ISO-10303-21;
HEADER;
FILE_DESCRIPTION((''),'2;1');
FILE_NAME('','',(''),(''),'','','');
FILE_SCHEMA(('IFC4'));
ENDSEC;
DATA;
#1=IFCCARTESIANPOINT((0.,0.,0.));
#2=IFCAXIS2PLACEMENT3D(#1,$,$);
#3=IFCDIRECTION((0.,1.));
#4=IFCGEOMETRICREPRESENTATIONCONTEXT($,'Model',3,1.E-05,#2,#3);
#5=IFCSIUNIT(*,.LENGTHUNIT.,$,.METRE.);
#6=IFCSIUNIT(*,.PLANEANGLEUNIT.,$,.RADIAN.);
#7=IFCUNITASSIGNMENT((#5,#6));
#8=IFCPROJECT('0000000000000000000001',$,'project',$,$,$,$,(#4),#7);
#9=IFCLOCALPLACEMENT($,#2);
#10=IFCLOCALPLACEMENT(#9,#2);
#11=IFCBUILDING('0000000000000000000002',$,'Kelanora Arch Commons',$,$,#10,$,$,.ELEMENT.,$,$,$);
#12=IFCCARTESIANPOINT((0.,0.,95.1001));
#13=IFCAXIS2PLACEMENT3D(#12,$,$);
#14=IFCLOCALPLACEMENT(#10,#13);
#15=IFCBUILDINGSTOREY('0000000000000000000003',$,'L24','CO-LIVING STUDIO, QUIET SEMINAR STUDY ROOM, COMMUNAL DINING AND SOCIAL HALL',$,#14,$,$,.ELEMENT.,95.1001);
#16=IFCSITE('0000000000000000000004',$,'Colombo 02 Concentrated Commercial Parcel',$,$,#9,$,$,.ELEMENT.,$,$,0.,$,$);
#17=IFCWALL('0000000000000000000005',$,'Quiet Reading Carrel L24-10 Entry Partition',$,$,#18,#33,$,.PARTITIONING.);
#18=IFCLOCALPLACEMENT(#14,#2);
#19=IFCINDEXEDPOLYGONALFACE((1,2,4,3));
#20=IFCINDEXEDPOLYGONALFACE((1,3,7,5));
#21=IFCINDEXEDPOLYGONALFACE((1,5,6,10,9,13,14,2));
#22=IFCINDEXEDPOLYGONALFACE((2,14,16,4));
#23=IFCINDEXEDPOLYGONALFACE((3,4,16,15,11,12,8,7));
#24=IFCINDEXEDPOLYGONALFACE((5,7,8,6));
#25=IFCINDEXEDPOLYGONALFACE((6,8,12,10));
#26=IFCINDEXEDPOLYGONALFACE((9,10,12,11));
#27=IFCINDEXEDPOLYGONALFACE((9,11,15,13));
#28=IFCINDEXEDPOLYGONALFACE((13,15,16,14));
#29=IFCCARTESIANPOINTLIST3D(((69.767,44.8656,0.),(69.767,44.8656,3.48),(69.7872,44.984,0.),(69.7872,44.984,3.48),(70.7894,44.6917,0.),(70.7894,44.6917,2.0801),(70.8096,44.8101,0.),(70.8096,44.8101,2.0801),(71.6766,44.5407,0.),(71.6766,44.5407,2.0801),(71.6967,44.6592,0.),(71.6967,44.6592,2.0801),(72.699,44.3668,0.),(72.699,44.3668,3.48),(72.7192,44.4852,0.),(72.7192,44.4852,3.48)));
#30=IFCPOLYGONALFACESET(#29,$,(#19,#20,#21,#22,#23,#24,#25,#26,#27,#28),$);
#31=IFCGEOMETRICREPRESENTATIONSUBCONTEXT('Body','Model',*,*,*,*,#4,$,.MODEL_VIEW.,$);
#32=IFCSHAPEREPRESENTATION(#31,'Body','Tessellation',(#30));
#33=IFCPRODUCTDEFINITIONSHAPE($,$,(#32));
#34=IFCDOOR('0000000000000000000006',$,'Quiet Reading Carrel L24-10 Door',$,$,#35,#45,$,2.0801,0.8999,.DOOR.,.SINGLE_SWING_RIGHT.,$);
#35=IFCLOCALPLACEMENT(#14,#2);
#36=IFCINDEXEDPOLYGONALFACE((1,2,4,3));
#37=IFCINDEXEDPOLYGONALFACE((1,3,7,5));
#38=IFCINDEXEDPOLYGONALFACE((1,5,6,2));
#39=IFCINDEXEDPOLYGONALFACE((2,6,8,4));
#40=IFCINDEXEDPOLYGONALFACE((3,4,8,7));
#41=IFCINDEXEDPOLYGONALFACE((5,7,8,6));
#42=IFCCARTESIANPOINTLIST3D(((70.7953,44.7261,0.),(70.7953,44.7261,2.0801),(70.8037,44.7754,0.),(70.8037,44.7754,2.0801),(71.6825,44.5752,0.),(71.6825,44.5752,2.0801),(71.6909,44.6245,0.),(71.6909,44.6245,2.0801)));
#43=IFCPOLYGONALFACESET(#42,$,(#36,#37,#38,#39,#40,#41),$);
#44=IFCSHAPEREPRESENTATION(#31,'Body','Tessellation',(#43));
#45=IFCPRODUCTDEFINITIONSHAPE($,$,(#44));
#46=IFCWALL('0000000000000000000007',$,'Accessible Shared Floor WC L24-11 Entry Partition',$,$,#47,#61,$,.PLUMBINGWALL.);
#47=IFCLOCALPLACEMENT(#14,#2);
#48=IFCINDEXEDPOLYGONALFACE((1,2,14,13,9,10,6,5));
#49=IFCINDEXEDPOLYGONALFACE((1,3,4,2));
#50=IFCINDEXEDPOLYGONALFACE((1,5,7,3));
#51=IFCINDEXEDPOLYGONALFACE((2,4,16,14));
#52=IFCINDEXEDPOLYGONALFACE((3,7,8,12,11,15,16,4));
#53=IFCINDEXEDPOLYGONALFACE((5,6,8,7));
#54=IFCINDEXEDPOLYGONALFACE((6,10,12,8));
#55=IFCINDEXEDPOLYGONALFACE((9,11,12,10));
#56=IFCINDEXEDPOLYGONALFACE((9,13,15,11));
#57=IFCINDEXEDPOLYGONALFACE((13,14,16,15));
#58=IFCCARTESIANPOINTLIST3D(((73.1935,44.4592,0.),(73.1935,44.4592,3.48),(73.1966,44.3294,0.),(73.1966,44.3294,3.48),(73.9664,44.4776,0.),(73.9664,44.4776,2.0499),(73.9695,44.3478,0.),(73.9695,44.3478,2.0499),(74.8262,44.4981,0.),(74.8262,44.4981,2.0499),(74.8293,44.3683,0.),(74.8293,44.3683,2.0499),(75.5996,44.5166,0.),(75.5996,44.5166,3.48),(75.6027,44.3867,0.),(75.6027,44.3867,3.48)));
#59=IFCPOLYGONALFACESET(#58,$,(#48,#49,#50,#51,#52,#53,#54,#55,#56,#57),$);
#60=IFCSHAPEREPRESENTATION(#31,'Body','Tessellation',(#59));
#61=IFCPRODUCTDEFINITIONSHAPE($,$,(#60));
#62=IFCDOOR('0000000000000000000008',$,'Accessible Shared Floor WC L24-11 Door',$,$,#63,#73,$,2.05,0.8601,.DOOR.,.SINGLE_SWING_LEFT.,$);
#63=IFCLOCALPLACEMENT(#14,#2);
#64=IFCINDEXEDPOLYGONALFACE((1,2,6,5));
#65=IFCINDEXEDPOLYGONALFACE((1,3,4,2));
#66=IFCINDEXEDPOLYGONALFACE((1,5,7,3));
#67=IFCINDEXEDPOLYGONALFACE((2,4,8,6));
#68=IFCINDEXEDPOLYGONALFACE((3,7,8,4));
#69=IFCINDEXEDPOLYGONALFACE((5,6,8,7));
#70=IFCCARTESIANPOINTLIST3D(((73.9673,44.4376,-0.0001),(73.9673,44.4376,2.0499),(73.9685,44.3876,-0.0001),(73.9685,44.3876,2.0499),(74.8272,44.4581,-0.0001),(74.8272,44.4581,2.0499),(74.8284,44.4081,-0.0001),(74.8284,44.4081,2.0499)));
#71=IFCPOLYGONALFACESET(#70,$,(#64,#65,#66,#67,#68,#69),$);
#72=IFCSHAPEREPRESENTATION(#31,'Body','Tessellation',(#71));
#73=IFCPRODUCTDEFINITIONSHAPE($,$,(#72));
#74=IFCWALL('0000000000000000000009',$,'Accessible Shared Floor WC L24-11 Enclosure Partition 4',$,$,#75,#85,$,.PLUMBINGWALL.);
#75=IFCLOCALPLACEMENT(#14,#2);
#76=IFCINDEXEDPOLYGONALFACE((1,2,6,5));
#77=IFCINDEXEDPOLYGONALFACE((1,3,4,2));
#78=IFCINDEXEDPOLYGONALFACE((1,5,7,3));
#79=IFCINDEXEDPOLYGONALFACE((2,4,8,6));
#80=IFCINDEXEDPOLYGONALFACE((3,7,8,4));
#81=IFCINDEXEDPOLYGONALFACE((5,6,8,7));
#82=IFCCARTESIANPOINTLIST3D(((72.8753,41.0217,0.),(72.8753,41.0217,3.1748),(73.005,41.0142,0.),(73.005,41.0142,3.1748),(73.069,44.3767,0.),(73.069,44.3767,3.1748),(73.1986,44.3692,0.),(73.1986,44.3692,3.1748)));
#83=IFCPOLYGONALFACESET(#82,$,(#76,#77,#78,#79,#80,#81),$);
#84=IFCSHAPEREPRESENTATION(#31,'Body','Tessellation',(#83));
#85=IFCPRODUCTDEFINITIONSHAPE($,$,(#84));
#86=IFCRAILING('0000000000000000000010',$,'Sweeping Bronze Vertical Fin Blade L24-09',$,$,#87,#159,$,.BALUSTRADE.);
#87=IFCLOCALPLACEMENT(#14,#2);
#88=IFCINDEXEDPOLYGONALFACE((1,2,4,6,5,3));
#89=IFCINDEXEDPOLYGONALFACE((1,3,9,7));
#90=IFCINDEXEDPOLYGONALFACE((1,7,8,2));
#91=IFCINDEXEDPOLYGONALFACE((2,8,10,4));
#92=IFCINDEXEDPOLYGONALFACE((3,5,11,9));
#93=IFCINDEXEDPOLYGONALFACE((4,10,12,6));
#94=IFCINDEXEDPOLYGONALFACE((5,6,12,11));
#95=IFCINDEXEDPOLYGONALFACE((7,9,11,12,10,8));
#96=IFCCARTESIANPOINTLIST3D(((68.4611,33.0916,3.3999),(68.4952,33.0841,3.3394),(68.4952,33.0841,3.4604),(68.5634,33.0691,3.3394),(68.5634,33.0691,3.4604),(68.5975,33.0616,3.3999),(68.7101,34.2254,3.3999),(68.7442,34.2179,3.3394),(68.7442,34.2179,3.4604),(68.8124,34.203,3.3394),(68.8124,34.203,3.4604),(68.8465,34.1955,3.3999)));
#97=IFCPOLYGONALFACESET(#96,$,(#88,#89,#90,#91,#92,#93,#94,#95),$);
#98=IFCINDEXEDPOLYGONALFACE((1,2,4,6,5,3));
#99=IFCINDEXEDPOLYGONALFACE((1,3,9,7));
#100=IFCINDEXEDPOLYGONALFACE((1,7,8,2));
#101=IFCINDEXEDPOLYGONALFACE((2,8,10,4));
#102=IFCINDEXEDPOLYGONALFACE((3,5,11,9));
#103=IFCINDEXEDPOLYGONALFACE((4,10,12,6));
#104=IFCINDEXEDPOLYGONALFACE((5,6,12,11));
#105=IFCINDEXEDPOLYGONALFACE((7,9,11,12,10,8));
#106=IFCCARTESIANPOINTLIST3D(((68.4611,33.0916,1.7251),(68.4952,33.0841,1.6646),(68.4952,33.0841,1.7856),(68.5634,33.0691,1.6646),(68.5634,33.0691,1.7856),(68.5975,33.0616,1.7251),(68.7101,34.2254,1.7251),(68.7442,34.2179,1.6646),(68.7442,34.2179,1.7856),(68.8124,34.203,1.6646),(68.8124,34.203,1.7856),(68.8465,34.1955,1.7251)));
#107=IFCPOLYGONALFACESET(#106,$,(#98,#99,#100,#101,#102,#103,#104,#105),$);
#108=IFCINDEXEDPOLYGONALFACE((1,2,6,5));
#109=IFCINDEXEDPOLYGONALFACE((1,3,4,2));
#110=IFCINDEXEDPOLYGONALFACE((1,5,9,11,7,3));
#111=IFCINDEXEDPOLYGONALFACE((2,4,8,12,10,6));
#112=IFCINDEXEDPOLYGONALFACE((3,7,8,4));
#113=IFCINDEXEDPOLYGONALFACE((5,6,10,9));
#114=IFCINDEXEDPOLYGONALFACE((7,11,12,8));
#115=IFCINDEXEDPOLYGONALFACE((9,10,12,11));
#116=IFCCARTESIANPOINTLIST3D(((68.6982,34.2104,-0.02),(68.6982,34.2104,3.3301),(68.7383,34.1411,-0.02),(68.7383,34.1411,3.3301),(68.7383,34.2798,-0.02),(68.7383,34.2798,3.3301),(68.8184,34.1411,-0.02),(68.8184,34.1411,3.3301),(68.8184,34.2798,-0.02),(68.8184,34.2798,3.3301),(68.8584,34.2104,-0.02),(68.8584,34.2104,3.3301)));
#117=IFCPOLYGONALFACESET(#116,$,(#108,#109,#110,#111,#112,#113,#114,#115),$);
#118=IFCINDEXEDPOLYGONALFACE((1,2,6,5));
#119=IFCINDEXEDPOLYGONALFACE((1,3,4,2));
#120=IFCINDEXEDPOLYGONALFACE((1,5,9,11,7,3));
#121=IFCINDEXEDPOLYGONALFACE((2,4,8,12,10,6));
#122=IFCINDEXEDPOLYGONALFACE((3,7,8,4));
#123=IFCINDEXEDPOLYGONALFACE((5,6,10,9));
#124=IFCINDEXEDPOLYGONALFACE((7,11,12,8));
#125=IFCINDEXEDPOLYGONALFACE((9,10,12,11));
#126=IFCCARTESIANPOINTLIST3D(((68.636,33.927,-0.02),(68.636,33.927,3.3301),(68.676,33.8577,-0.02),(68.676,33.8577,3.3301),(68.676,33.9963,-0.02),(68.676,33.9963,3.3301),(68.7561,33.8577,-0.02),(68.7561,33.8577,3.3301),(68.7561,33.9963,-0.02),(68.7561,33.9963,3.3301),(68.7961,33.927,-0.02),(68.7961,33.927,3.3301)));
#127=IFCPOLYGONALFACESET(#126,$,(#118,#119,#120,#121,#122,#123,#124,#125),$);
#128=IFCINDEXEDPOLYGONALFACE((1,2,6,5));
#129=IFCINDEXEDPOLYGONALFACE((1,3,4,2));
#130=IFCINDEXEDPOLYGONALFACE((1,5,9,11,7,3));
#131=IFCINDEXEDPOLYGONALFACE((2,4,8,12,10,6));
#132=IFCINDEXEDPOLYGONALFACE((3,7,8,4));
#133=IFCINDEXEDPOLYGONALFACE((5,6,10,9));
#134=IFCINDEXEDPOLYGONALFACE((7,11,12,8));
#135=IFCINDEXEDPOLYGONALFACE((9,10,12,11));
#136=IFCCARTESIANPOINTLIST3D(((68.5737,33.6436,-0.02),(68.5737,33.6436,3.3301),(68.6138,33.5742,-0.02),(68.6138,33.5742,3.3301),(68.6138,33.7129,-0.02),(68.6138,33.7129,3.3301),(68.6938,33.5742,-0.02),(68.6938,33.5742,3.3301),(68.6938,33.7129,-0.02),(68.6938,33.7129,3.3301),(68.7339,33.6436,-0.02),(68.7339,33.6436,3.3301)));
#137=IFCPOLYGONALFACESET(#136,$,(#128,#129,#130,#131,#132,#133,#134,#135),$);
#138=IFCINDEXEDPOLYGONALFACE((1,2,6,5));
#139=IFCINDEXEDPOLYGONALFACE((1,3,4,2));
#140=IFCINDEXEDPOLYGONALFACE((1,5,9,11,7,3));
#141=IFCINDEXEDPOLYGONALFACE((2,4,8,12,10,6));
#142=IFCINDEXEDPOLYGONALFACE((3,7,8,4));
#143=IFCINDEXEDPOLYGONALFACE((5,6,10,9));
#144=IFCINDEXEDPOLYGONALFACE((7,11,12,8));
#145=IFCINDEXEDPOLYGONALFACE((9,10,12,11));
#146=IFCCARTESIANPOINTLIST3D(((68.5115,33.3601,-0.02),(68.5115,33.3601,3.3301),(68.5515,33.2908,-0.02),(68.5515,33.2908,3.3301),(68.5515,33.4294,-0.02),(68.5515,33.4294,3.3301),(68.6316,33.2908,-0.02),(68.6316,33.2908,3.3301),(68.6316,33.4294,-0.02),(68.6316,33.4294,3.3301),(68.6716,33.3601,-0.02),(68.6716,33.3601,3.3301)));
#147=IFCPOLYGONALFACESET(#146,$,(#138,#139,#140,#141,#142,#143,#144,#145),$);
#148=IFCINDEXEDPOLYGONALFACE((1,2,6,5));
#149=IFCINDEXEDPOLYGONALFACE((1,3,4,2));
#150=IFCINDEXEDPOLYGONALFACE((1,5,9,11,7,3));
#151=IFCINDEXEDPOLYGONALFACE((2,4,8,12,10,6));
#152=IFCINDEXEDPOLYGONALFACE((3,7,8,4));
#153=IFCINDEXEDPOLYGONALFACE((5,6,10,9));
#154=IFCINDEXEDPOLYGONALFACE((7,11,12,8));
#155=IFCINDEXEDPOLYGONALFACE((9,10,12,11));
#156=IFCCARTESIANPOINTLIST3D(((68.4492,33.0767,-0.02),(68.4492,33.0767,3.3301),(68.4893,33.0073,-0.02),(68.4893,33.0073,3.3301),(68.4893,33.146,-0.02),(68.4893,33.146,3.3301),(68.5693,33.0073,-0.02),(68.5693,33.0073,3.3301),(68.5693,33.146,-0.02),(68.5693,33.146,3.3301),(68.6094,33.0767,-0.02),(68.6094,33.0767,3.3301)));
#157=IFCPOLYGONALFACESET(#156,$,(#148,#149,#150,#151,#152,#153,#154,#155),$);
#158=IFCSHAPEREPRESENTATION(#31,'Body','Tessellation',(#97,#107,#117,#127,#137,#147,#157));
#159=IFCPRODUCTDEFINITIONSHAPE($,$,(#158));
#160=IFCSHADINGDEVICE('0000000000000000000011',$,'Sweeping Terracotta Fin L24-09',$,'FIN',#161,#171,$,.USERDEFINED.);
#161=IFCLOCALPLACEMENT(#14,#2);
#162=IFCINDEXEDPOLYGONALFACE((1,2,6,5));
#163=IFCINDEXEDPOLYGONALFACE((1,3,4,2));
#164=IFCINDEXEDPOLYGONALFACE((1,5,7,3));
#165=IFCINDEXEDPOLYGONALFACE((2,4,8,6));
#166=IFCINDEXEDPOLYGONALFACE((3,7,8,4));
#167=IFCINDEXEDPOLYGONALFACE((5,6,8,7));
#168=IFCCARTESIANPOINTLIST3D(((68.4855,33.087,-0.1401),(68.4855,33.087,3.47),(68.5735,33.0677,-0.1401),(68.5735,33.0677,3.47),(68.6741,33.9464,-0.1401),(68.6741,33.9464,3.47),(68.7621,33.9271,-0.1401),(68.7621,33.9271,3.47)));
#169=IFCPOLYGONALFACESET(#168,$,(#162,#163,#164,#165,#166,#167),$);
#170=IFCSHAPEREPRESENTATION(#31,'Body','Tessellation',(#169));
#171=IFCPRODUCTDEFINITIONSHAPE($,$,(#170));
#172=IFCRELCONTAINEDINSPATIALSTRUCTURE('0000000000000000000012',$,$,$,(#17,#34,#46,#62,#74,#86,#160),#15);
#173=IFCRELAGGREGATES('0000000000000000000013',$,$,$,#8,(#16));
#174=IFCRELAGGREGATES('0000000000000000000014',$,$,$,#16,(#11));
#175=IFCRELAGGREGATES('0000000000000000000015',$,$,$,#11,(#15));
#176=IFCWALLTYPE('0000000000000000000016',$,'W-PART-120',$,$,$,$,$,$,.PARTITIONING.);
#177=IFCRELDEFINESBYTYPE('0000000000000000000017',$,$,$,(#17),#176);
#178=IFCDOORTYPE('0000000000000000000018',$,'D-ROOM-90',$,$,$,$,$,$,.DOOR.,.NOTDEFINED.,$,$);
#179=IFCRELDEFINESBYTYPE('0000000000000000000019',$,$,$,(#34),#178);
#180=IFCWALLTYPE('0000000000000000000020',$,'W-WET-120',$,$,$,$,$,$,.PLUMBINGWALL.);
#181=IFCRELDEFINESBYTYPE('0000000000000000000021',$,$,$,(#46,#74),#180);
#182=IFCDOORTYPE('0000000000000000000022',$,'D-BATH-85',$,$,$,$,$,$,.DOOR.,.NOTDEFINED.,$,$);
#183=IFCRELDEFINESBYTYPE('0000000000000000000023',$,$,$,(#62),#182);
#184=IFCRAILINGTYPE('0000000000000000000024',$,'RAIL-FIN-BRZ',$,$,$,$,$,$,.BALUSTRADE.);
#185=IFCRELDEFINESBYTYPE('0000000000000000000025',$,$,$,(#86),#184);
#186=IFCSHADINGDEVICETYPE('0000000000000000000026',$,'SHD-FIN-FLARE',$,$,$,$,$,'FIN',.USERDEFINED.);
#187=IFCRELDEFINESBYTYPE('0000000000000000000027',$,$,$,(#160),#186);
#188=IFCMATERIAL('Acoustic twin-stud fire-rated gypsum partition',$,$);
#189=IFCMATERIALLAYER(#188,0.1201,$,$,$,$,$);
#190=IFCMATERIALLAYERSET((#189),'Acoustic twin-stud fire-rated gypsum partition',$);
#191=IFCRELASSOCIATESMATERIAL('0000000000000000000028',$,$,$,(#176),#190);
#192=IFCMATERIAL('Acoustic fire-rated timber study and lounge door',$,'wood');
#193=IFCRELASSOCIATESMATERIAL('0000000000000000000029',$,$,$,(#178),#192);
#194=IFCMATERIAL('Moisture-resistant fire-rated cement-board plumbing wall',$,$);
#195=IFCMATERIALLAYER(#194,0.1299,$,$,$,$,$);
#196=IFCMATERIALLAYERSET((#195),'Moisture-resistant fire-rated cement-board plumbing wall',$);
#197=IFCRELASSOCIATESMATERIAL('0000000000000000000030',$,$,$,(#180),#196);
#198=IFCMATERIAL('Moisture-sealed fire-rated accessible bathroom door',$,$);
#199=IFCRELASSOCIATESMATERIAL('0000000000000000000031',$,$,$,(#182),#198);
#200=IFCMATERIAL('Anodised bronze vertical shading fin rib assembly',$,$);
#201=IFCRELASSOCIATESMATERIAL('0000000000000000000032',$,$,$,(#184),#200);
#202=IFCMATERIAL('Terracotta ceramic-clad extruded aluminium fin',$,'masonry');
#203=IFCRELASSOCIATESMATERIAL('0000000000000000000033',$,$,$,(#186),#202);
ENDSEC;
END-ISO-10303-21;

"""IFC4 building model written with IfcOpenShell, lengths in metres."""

from ifc_helpers import new_model, si_unit, direction, frame, frame_2d, origin, origin_2d, place, context, subcontext, project, spatial, polyline, rectangle, outline, extrude, source, transform, mapped, material, layer, layer_set, type_object, element, fill, save


model = new_model("IFC4")

# Units and contexts
model_context = context("Model", 3, precision=1e-05, world=origin(), true_north=direction((0.0, 1.0)))
body_context = subcontext(model_context, "Body", "Model", "MODEL_VIEW")
ifc_project = project(units=[si_unit("LENGTHUNIT", "METRE"), si_unit("PLANEANGLEUNIT", "RADIAN")], contexts=[model_context])

# Site, building, storey
site_placement = place(None, origin())
site = spatial("IfcSite", under=ifc_project, at=site_placement, Name="Colombo 02 Concentrated Commercial Parcel", CompositionType="ELEMENT", RefElevation=0.0)
building_placement = place(site_placement, origin())
building = spatial("IfcBuilding", under=site, at=building_placement, Name="Kelanora Arch Commons", CompositionType="ELEMENT")
storey_placement = place(building_placement, frame((0.0, 0.0, 95.1001)))
storey = spatial("IfcBuildingStorey", under=building, at=storey_placement, Name="L24", Description="CO-LIVING STUDIO, QUIET SEMINAR STUDY ROOM, COMMUNAL DINING AND SOCIAL HALL", CompositionType="ELEMENT", Elevation=95.1001)

# Walls, openings, doors
ifc_material_1 = material(Name="Acoustic twin-stud fire-rated gypsum partition")
ifc_layer_1 = layer(ifc_material_1, 0.1201)
ifc_layer_set_1 = layer_set([ifc_layer_1], Name="Acoustic twin-stud fire-rated gypsum partition")
wall_type_1 = type_object("IfcWallType", Name="W-PART-120", PredefinedType="PARTITIONING", material=ifc_layer_set_1)
ifc_material_2 = material(Name="Acoustic fire-rated timber study and lounge door", Category="wood")
door_type_1 = type_object("IfcDoorType", Name="D-ROOM-90", OperationType="NOTDEFINED", PredefinedType="DOOR", material=ifc_material_2)
wall_1_placement = place(storey_placement, frame((69.7771, 44.9248, 0.0), z_axis=(0.0, 0.0, 1.0), x_axis=(0.985836, -0.167713, 0.0)))
wall_1 = element("IfcWall", 1, at=wall_1_placement, inside=storey, type_object=wall_type_1, Name="Quiet Reading Carrel L24-10 Entry Partition", PredefinedType="PARTITIONING", context=body_context, shape_type="SweptSolid", body=[
    extrude(rectangle(XDim=2.9741, YDim=0.1201, at=frame_2d((1.4871, 0.0))), origin(), (0.0, 0.0, 1.0), 3.48),
])
opening_1_placement = place(wall_1_placement, frame((1.0371, 0.0, 0.0)))
opening_1 = element("IfcOpeningElement", 2, at=opening_1_placement, cuts=wall_1, PredefinedType="OPENING", context=body_context, shape_type="SweptSolid", body=[
    extrude(rectangle(XDim=0.8999, YDim=2.0801, at=frame_2d((0.45, 1.04))), frame((0.0, 0.0701, 0.0), z_axis=(0.0, -1.0, 0.0), x_axis=(1.0, 0.0, 0.0)), (0.0, 0.0, 1.0), 0.1401),
])
door_1_placement = place(opening_1_placement, origin())
door_1 = element("IfcDoor", 3, at=door_1_placement, inside=storey, type_object=door_type_1, Name="Quiet Reading Carrel L24-10 Door", OperationType="SINGLE_SWING_RIGHT", OverallHeight=2.0801, OverallWidth=0.8999, PredefinedType="DOOR", context=body_context, shape_type="SweptSolid", body=[
    extrude(rectangle(XDim=0.8999, YDim=2.0801, at=frame_2d((0.45, 1.04))), frame((0.0, 0.0249, 0.0), z_axis=(0.0, -1.0, 0.0), x_axis=(1.0, 0.0, 0.0)), (0.0, 0.0, 1.0), 0.05),
])
fill(opening_1, door_1)
ifc_material_3 = material(Name="Moisture-resistant fire-rated cement-board plumbing wall")
ifc_layer_2 = layer(ifc_material_3, 0.1299)
ifc_layer_set_2 = layer_set([ifc_layer_2], Name="Moisture-resistant fire-rated cement-board plumbing wall")
wall_type_2 = type_object("IfcWallType", Name="W-WET-120", PredefinedType="PLUMBINGWALL", material=ifc_layer_set_2)
wall_2_placement = place(storey_placement, frame((73.1951, 44.3943, 0.0), z_axis=(0.0, 0.0, 1.0), x_axis=(0.999716, 0.023839, 0.0)))
wall_2 = element("IfcWall", 4, at=wall_2_placement, inside=storey, type_object=wall_type_2, Name="Accessible Shared Floor WC L24-11 Entry Partition", PredefinedType="PLUMBINGWALL", context=body_context, shape_type="SweptSolid", body=[
    extrude(rectangle(XDim=2.4067, YDim=0.1299, at=frame_2d((1.2034, 0.0))), origin(), (0.0, 0.0, 1.0), 3.48),
])
opening_2_placement = place(wall_2_placement, frame((0.7729, 0.0, 0.0)))
opening_2 = element("IfcOpeningElement", 5, at=opening_2_placement, cuts=wall_2, PredefinedType="OPENING", context=body_context, shape_type="SweptSolid", body=[
    extrude(rectangle(XDim=0.8601, YDim=2.05, at=frame_2d((0.4302, 1.0249))), frame((0.0, 0.075, 0.0), z_axis=(0.0, -1.0, 0.0), x_axis=(1.0, 0.0, 0.0)), (0.0, 0.0, 1.0), 0.1499),
])
ifc_material_4 = material(Name="Moisture-sealed fire-rated accessible bathroom door")
door_type_2 = type_object("IfcDoorType", Name="D-BATH-85", OperationType="NOTDEFINED", PredefinedType="DOOR", material=ifc_material_4)
door_2_placement = place(opening_2_placement, origin())
door_2 = element("IfcDoor", 6, at=door_2_placement, inside=storey, type_object=door_type_2, Name="Accessible Shared Floor WC L24-11 Door", OperationType="SINGLE_SWING_LEFT", OverallHeight=2.05, OverallWidth=0.8601, PredefinedType="DOOR", context=body_context, shape_type="SweptSolid", body=[
    extrude(rectangle(XDim=0.8601, YDim=2.05, at=frame_2d((0.4302, 1.0249))), frame((0.0, 0.0249, 0.0), z_axis=(0.0, -1.0, 0.0), x_axis=(1.0, 0.0, 0.0)), (0.0, 0.0, 1.0), 0.05),
])
fill(opening_2, door_2)

# Wall
wall_3_placement = place(storey_placement, frame((72.9402, 41.0181, 0.0), z_axis=(0.0, 0.0, 1.0), x_axis=(0.05761, 0.998339, 0.0)))
element("IfcWall", 7, at=wall_3_placement, inside=storey, type_object=wall_type_2, Name="Accessible Shared Floor WC L24-11 Enclosure Partition 4", PredefinedType="PLUMBINGWALL", context=body_context, shape_type="SweptSolid", body=[
    extrude(rectangle(XDim=3.3606, YDim=0.1299, at=frame_2d((1.6802, 0.0))), origin(), (0.0, 0.0, 1.0), 3.1748),
])

# Railing
ifc_material_5 = material(Name="Anodised bronze vertical shading fin rib assembly")
railing_type = type_object("IfcRailingType", Name="RAIL-FIN-BRZ", PredefinedType="BALUSTRADE", material=ifc_material_5)
railing_placement = place(storey_placement, frame((68.7783, 34.2104, -0.02)))
element("IfcRailing", 8, at=railing_placement, inside=storey, type_object=railing_type, Name="Sweeping Bronze Vertical Fin Blade L24-09", PredefinedType="BALUSTRADE", context=body_context, shape_type="SweptSolid", body=[
    extrude(outline(polyline([(0.0698, 0.0), (0.0349, 0.0605), (-0.0349, 0.0605), (-0.0698, 0.0), (-0.0349, -0.0605), (0.0349, -0.0605), (0.0698, 0.0)])), frame((0.0, 0.0, 3.4199), z_axis=(-0.214525, -0.976719, 0.0), x_axis=(0.976719, -0.214525, 0.0)), (0.0, 0.0, 1.0), 1.1609),
    extrude(outline(polyline([(0.0698, 0.0), (0.0349, 0.0605), (-0.0349, 0.0605), (-0.0698, 0.0), (-0.0349, -0.0605), (0.0349, -0.0605), (0.0698, 0.0)])), frame((0.0, 0.0, 1.7451), z_axis=(-0.214525, -0.976719, 0.0), x_axis=(0.976719, -0.214525, 0.0)), (0.0, 0.0, 1.0), 1.1609),
    extrude(outline(polyline([(0.0801, 0.0), (0.04, 0.0693), (-0.04, 0.0693), (-0.0801, 0.0), (-0.04, -0.0693), (0.04, -0.0693), (0.0801, 0.0)])), origin(), (0.0, 0.0, 1.0), 3.3501),
    extrude(outline(polyline([(0.0801, 0.0), (0.04, 0.0693), (-0.04, 0.0693), (-0.0801, 0.0), (-0.04, -0.0693), (0.04, -0.0693), (0.0801, 0.0)])), frame((-0.0623, -0.2834, 0.0)), (0.0, 0.0, 1.0), 3.3501),
    extrude(outline(polyline([(0.0801, 0.0), (0.04, 0.0693), (-0.04, 0.0693), (-0.0801, 0.0), (-0.04, -0.0693), (0.04, -0.0693), (0.0801, 0.0)])), frame((-0.1245, -0.5669, 0.0)), (0.0, 0.0, 1.0), 3.3501),
    extrude(outline(polyline([(0.0801, 0.0), (0.04, 0.0693), (-0.04, 0.0693), (-0.0801, 0.0), (-0.04, -0.0693), (0.04, -0.0693), (0.0801, 0.0)])), frame((-0.1868, -0.8503, 0.0)), (0.0, 0.0, 1.0), 3.3501),
    extrude(outline(polyline([(0.0801, 0.0), (0.04, 0.0693), (-0.04, 0.0693), (-0.0801, 0.0), (-0.04, -0.0693), (0.04, -0.0693), (0.0801, 0.0)])), frame((-0.249, -1.1338, 0.0)), (0.0, 0.0, 1.0), 3.3501),
])

# Shading device
ifc_material_6 = material(Name="Terracotta ceramic-clad extruded aluminium fin", Category="masonry")
shading_device_type = type_object("IfcShadingDeviceType", Name="SHD-FIN-FLARE", ElementType="FIN", PredefinedType="USERDEFINED", material=ifc_material_6)
shared_shape_1 = source(origin(), body_context, "Body", "SweptSolid", [
    extrude(rectangle(XDim=0.8799, YDim=0.0901, at=origin_2d()), origin(), (0.0, 0.0, 1.0), 3.6101),
])
shading_device_placement = place(storey_placement, frame((68.6238, 33.5071, -0.1401), z_axis=(0.0, 0.0, 1.0), x_axis=(-0.214394, -0.976747, 0.0)))
element("IfcShadingDevice", 9, at=shading_device_placement, inside=storey, type_object=shading_device_type, Name="Sweeping Terracotta Fin L24-09", ObjectType="FIN", PredefinedType="USERDEFINED", context=body_context, shape_type="MappedRepresentation", body=[
    mapped(shared_shape_1, transform((0.0, 0.0, 0.0), scale=1.0)),
])

save(model, "model.ifc")
